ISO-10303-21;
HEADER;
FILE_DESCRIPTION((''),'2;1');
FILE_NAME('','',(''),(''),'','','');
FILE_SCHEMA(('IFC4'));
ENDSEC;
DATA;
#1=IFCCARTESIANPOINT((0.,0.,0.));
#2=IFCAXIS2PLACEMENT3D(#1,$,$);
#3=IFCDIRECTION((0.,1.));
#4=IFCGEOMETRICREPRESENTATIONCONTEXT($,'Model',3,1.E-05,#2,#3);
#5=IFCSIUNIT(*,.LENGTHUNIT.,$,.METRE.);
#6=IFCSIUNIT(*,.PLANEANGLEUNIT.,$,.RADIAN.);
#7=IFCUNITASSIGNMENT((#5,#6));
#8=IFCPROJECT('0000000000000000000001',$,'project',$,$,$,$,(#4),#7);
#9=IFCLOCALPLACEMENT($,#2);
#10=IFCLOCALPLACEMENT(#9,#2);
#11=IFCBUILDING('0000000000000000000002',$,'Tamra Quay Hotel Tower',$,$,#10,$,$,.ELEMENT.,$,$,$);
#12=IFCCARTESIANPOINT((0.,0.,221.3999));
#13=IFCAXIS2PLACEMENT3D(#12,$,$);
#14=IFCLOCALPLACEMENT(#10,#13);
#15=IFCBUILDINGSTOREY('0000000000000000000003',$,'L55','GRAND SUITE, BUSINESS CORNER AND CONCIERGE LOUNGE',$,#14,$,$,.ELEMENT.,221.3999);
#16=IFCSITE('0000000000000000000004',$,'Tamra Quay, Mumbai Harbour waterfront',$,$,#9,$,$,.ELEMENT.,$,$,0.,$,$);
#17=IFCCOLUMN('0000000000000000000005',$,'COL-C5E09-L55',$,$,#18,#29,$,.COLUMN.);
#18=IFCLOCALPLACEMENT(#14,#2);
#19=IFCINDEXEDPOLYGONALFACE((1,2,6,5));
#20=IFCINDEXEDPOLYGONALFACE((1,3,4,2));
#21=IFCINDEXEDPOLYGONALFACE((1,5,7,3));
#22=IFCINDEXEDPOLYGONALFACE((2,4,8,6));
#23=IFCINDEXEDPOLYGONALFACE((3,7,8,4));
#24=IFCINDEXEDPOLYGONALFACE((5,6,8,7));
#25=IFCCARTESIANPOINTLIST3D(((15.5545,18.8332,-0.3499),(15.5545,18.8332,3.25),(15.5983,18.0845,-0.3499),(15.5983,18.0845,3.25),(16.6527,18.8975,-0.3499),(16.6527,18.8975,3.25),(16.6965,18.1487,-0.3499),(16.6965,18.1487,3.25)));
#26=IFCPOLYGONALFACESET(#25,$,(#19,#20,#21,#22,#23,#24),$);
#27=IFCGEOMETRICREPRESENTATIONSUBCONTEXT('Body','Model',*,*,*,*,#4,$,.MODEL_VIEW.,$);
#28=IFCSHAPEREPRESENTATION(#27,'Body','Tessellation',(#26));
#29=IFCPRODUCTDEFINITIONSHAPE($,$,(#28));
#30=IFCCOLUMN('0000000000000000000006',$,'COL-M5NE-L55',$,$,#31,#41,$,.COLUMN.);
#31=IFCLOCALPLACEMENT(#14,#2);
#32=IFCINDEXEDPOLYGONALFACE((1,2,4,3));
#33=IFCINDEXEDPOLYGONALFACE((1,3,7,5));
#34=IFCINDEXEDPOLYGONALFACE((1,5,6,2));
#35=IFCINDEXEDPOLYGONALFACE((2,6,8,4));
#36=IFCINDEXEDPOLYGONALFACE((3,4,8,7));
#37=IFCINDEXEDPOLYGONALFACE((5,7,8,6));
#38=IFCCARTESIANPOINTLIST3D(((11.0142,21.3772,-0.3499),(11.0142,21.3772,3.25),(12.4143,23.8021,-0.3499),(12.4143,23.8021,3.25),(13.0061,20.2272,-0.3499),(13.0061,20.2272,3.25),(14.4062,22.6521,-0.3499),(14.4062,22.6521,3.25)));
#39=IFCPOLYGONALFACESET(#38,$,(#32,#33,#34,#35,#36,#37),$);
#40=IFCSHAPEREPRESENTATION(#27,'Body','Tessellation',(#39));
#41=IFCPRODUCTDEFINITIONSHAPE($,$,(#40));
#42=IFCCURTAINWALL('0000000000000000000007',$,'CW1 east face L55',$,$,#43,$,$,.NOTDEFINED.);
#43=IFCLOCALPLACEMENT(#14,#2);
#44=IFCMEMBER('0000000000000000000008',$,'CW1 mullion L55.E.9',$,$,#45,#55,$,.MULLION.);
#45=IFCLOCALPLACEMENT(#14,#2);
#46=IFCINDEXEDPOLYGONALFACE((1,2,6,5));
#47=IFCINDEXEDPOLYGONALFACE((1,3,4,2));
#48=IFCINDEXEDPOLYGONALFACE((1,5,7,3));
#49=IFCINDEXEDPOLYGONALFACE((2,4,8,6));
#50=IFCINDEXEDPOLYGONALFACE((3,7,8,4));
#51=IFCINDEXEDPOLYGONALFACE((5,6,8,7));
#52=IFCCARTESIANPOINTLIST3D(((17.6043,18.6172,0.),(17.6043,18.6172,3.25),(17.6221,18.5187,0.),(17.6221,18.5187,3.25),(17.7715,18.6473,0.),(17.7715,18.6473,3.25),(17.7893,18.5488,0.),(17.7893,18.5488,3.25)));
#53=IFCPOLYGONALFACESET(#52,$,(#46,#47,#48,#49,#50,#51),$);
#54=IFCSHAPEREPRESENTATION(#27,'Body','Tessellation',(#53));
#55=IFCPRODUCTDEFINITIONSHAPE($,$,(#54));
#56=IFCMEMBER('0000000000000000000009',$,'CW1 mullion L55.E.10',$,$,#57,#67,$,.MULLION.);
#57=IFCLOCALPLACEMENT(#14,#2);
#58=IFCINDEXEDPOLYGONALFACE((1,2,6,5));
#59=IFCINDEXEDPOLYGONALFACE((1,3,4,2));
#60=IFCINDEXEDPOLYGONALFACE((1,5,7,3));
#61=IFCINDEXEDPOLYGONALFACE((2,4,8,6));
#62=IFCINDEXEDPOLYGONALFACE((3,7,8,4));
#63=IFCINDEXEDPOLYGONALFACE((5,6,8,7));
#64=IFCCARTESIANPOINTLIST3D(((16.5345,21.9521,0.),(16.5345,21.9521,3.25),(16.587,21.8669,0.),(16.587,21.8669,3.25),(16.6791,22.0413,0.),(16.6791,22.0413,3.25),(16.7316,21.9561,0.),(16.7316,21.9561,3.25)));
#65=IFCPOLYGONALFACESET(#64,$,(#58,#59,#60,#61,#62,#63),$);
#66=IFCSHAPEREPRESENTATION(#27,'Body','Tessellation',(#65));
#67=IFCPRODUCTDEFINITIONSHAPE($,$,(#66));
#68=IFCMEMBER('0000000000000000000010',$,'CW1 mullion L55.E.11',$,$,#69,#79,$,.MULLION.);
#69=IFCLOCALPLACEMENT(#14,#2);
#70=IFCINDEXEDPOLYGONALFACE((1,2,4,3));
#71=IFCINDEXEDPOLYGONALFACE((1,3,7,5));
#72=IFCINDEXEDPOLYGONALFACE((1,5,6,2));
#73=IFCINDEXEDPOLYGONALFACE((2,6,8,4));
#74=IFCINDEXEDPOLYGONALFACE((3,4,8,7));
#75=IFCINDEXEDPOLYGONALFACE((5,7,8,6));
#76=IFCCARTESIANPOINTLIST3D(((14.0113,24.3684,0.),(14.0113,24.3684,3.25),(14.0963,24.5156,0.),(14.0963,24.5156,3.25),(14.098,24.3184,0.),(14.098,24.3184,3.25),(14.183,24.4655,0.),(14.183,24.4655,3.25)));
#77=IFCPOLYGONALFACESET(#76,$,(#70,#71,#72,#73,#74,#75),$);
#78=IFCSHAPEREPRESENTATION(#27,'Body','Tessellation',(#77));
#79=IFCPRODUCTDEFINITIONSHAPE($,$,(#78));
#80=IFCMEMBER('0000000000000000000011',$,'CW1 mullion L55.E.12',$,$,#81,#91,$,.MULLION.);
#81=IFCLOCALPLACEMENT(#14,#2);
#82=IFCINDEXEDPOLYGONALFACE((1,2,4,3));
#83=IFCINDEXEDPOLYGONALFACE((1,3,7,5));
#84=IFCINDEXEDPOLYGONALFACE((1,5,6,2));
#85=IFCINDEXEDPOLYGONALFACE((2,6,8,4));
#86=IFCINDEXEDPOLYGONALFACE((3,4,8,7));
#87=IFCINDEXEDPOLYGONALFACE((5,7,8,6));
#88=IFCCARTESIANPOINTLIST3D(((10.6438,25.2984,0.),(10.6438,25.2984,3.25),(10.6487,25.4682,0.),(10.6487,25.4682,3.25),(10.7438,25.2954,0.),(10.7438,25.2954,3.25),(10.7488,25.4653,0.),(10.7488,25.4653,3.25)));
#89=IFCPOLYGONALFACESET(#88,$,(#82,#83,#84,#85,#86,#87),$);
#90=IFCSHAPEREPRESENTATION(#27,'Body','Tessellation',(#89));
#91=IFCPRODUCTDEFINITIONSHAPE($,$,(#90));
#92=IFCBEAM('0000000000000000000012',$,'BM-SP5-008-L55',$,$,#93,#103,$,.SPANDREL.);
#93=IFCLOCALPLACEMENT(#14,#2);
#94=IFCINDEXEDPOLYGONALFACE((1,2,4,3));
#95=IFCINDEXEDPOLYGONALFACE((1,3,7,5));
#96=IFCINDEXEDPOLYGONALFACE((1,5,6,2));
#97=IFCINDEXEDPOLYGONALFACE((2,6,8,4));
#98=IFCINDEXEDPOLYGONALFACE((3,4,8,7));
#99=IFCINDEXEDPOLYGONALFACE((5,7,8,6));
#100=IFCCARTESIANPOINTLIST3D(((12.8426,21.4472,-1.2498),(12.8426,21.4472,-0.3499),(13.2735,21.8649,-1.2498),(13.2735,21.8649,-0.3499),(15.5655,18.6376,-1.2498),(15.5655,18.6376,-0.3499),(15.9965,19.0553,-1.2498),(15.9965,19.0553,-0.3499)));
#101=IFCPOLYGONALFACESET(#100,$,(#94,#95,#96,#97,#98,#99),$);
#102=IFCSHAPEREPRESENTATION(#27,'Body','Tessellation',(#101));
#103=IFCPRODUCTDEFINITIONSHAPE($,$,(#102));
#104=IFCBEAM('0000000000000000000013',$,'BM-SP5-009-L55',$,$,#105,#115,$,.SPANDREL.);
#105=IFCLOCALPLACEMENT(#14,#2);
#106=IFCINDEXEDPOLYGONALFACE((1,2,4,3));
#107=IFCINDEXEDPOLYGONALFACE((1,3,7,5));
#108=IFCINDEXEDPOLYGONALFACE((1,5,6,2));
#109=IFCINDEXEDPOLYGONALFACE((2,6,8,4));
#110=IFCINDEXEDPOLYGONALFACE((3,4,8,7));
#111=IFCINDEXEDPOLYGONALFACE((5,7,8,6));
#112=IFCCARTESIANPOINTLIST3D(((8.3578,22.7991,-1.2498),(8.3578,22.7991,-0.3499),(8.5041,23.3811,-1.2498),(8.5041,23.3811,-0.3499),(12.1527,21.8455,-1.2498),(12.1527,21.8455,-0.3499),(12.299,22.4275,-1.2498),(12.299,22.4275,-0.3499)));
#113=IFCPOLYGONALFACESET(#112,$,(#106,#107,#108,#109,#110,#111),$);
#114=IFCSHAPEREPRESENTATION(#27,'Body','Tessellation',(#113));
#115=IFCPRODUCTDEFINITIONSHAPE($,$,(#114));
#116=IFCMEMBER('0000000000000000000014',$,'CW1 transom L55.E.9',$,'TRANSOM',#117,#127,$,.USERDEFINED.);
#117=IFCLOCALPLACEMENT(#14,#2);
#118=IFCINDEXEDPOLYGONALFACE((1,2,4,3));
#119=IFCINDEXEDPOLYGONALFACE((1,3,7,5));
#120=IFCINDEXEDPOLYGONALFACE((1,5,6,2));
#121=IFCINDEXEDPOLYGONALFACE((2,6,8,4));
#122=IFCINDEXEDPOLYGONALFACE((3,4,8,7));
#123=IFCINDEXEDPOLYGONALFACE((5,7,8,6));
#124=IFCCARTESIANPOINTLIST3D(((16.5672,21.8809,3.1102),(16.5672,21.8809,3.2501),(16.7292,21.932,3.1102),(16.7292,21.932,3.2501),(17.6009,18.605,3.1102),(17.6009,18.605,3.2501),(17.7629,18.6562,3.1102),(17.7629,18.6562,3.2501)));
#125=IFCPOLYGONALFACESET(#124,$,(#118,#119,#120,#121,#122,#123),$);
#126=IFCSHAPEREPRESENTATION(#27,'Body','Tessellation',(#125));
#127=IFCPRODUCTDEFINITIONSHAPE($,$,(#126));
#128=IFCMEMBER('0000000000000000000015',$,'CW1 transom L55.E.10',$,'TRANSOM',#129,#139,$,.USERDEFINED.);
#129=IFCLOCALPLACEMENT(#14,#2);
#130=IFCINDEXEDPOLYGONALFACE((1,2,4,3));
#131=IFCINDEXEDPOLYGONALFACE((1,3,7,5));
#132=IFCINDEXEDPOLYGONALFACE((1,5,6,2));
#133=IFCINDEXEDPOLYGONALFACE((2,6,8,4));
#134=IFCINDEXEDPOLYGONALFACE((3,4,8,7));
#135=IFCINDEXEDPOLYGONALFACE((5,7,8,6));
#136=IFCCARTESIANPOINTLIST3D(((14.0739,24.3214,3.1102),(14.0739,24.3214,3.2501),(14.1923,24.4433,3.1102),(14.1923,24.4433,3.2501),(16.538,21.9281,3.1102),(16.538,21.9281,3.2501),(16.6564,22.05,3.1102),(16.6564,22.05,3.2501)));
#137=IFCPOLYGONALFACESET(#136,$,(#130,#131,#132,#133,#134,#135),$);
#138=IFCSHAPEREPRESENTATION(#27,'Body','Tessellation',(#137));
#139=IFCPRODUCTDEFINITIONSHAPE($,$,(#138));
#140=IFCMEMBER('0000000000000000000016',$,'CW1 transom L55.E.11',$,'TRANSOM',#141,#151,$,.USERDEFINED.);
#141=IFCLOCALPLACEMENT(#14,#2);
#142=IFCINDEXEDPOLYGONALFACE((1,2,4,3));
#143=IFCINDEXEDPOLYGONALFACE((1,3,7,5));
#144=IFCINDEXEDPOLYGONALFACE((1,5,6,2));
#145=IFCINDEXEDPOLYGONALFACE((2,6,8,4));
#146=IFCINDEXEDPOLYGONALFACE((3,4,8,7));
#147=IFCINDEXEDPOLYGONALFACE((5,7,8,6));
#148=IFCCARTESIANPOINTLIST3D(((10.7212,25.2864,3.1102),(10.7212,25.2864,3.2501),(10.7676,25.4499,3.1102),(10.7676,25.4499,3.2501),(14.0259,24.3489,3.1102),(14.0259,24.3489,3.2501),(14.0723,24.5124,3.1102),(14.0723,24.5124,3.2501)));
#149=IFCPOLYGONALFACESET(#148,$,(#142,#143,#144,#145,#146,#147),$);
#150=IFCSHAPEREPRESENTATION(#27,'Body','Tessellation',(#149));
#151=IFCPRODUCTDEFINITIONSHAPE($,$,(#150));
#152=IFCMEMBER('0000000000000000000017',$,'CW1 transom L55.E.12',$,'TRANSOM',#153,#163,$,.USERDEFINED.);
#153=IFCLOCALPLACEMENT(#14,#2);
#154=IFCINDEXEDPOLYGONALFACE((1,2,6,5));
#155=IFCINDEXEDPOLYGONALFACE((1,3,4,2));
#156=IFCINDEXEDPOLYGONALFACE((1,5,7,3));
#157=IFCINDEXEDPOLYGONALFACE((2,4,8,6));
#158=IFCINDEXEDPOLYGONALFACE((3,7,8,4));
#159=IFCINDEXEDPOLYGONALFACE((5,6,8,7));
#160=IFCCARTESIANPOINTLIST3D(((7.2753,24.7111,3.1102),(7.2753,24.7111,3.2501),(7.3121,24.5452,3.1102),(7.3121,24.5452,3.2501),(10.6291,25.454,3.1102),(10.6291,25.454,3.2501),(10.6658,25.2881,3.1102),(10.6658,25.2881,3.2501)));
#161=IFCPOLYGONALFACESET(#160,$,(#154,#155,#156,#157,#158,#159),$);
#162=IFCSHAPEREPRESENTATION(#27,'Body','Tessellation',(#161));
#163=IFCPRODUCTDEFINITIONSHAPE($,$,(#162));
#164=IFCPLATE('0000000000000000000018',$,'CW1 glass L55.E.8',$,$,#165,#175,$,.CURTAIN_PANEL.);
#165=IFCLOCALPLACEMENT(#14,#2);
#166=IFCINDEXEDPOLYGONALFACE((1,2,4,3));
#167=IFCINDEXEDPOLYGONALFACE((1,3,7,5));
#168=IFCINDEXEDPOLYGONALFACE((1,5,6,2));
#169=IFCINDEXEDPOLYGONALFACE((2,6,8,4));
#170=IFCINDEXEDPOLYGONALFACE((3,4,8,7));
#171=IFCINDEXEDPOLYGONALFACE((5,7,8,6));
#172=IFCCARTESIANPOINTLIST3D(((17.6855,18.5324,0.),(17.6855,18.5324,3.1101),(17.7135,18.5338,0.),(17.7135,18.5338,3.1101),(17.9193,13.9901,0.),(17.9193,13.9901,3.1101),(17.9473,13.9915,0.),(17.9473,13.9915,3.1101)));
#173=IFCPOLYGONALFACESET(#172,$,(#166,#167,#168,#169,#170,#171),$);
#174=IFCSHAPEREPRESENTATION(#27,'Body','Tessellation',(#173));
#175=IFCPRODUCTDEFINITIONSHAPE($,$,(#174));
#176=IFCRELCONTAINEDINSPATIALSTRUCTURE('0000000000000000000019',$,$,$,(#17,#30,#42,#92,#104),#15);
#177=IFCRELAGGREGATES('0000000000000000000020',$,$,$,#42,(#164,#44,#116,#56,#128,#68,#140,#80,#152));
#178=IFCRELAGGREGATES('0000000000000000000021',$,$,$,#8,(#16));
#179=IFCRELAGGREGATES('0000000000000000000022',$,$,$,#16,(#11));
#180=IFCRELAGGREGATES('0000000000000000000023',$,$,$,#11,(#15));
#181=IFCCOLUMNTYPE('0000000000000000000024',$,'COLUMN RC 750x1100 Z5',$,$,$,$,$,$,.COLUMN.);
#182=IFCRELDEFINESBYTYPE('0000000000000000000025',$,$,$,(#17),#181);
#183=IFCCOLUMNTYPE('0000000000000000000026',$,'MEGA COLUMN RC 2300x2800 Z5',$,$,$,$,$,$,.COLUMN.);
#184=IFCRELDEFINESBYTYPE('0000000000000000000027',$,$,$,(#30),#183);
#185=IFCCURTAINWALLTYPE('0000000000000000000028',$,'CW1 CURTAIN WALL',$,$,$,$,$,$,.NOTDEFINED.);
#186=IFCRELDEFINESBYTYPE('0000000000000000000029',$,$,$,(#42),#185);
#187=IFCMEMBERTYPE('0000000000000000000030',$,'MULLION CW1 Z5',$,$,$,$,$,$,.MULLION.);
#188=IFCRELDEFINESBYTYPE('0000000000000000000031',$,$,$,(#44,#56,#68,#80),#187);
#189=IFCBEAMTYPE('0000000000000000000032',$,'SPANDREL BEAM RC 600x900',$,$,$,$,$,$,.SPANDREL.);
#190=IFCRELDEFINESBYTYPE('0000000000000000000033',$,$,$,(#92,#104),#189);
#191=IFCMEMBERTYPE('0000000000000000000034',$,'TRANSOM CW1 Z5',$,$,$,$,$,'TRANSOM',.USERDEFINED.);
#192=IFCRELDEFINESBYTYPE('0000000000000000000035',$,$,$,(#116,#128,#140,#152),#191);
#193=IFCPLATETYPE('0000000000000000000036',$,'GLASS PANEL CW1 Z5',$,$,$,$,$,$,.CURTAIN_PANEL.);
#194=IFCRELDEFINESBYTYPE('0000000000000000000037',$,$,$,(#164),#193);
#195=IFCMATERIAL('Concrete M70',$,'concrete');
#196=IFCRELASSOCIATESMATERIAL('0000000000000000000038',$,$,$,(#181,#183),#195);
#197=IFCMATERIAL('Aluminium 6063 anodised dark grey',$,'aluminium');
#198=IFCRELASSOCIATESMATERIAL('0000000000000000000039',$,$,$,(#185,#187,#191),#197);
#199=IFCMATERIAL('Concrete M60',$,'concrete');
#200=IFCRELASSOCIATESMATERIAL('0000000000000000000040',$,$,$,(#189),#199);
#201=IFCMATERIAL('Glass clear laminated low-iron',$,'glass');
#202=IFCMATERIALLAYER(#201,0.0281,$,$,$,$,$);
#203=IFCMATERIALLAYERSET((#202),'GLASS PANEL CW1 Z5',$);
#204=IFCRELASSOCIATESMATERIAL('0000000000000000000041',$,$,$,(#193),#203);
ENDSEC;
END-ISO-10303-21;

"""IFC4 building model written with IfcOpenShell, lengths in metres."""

from ifc_helpers import new_model, si_unit, direction, frame, origin, origin_2d, place, context, subcontext, project, spatial, rectangle, extrude, material, layer, layer_set, material_profile, profile_set, type_object, element, aggregate, save


model = new_model("IFC4")

# Units and contexts
model_context = context("Model", 3, precision=1e-05, world=origin(), true_north=direction((0.0, 1.0)))
body_context = subcontext(model_context, "Body", "Model", "MODEL_VIEW")
ifc_project = project(units=[si_unit("LENGTHUNIT", "METRE"), si_unit("PLANEANGLEUNIT", "RADIAN")], contexts=[model_context])

# Site, building, storey
site_placement = place(None, origin())
site = spatial("IfcSite", under=ifc_project, at=site_placement, Name="Tamra Quay, Mumbai Harbour waterfront", CompositionType="ELEMENT", RefElevation=0.0)
building_placement = place(site_placement, origin())
building = spatial("IfcBuilding", under=site, at=building_placement, Name="Tamra Quay Hotel Tower", CompositionType="ELEMENT")
storey_placement = place(building_placement, frame((0.0, 0.0, 221.3999)))
storey = spatial("IfcBuildingStorey", under=building, at=storey_placement, Name="L55", Description="GRAND SUITE, BUSINESS CORNER AND CONCIERGE LOUNGE", CompositionType="ELEMENT", Elevation=221.3999)

# Columns
ifc_material_1 = material(Name="Concrete M70", Category="concrete")
ifc_material_profile_1 = material_profile(ifc_material_1, rectangle(XDim=1.1001, YDim=0.75, at=origin_2d()), Name="COLUMN RC 750x1100 Z5")
ifc_profile_set_1 = profile_set([ifc_material_profile_1], Name="Concrete M70")
column_type_1 = type_object("IfcColumnType", Name="COLUMN RC 750x1100 Z5", PredefinedType="COLUMN", material=ifc_profile_set_1)
column_1_placement = place(storey_placement, frame((16.1255, 18.491, -0.3499), z_axis=(0.0, 0.0, 1.0), x_axis=(0.998292, 0.05842, 0.0)))
element("IfcColumn", 1, at=column_1_placement, inside=storey, type_object=column_type_1, Name="COL-C5E09-L55", PredefinedType="COLUMN", context=body_context, shape_type="SweptSolid", body=[
    extrude(rectangle(XDim=1.1001, YDim=0.75, at=origin_2d()), origin(), (0.0, 0.0, 1.0), 3.5999),
])
ifc_material_profile_2 = material_profile(ifc_material_1, rectangle(XDim=2.8, YDim=2.3, at=origin_2d()), Name="MEGA COLUMN RC 2300x2800 Z5")
ifc_profile_set_2 = profile_set([ifc_material_profile_2], Name="Concrete M70")
column_type_2 = type_object("IfcColumnType", Name="MEGA COLUMN RC 2300x2800 Z5", PredefinedType="COLUMN", material=ifc_profile_set_2)
column_2_placement = place(storey_placement, frame((12.7102, 22.0146, -0.3499), z_axis=(0.0, 0.0, 1.0), x_axis=(0.5, 0.866025, 0.0)))
element("IfcColumn", 2, at=column_2_placement, inside=storey, type_object=column_type_2, Name="COL-M5NE-L55", PredefinedType="COLUMN", context=body_context, shape_type="SweptSolid", body=[
    extrude(rectangle(XDim=2.8, YDim=2.3, at=origin_2d()), origin(), (0.0, 0.0, 1.0), 3.5999),
])

# Curtain wall, members
ifc_material_2 = material(Name="Aluminium 6063 anodised dark grey", Category="aluminium")
curtain_wall_type = type_object("IfcCurtainWallType", Name="CW1 CURTAIN WALL", PredefinedType="NOTDEFINED", material=ifc_material_2)
curtain_wall_placement = place(storey_placement, origin())
curtain_wall = element("IfcCurtainWall", 3, at=curtain_wall_placement, inside=storey, type_object=curtain_wall_type, Name="CW1 east face L55", PredefinedType="NOTDEFINED")
ifc_material_profile_3 = material_profile(ifc_material_2, rectangle(XDim=0.1699, YDim=0.1001, at=origin_2d()), Name="MULLION 100X170")
ifc_profile_set_3 = profile_set([ifc_material_profile_3], Name="Aluminium 6063 anodised dark grey")
member_type_1 = type_object("IfcMemberType", Name="MULLION CW1 Z5", PredefinedType="MULLION", material=ifc_profile_set_3)
member_1_placement = place(storey_placement, frame((17.6968, 18.583, 0.0), z_axis=(0.0, 0.0, 1.0), x_axis=(0.984105, 0.177586, 0.0)))
member_1 = element("IfcMember", 4, at=member_1_placement, type_object=member_type_1, Name="CW1 mullion L55.E.9", PredefinedType="MULLION", context=body_context, shape_type="SweptSolid", body=[
    extrude(rectangle(XDim=0.1699, YDim=0.1001, at=origin_2d()), origin(), (0.0, 0.0, 1.0), 3.25),
])
member_2_placement = place(storey_placement, frame((16.6331, 21.9541, 0.0), z_axis=(0.0, 0.0, 1.0), x_axis=(0.851044, 0.525094, 0.0)))
member_2 = element("IfcMember", 5, at=member_2_placement, type_object=member_type_1, Name="CW1 mullion L55.E.10", PredefinedType="MULLION", context=body_context, shape_type="SweptSolid", body=[
    extrude(rectangle(XDim=0.1699, YDim=0.1001, at=origin_2d()), origin(), (0.0, 0.0, 1.0), 3.25),
])
member_3_placement = place(storey_placement, frame((14.0972, 24.417, 0.0), z_axis=(0.0, 0.0, 1.0), x_axis=(0.5, 0.866025, 0.0)))
member_3 = element("IfcMember", 6, at=member_3_placement, type_object=member_type_1, Name="CW1 mullion L55.E.11", PredefinedType="MULLION", context=body_context, shape_type="SweptSolid", body=[
    extrude(rectangle(XDim=0.1699, YDim=0.1001, at=origin_2d()), origin(), (0.0, 0.0, 1.0), 3.25),
])
member_4_placement = place(storey_placement, frame((10.6963, 25.3818, 0.0), z_axis=(0.0, 0.0, 1.0), x_axis=(0.029223, 0.999573, 0.0)))
member_4 = element("IfcMember", 7, at=member_4_placement, type_object=member_type_1, Name="CW1 mullion L55.E.12", PredefinedType="MULLION", context=body_context, shape_type="SweptSolid", body=[
    extrude(rectangle(XDim=0.1699, YDim=0.1001, at=origin_2d()), origin(), (0.0, 0.0, 1.0), 3.25),
])

# Beams
ifc_material_3 = material(Name="Concrete M60", Category="concrete")
ifc_material_profile_4 = material_profile(ifc_material_3, rectangle(XDim=0.6001, YDim=0.8999, at=origin_2d()), Name="SPANDREL BEAM RC 600x900")
ifc_profile_set_4 = profile_set([ifc_material_profile_4], Name="Concrete M60")
beam_type = type_object("IfcBeamType", Name="SPANDREL BEAM RC 600x900", PredefinedType="SPANDREL", material=ifc_profile_set_4)
beam_1_placement = place(storey_placement, frame((15.781, 18.8464, -0.7998), z_axis=(-0.695944, 0.718096, 0.0), x_axis=(-0.718096, -0.695944, 0.0)))
element("IfcBeam", 8, at=beam_1_placement, inside=storey, type_object=beam_type, Name="BM-SP5-008-L55", PredefinedType="SPANDREL", context=body_context, shape_type="SweptSolid", body=[
    extrude(rectangle(XDim=0.6001, YDim=0.8999, at=origin_2d()), origin(), (0.0, 0.0, 1.0), 3.9126),
])
beam_2_placement = place(storey_placement, frame((12.2258, 22.1365, -0.7998), z_axis=(-0.969848, 0.24371, 0.0), x_axis=(-0.24371, -0.969848, 0.0)))
element("IfcBeam", 9, at=beam_2_placement, inside=storey, type_object=beam_type, Name="BM-SP5-009-L55", PredefinedType="SPANDREL", context=body_context, shape_type="SweptSolid", body=[
    extrude(rectangle(XDim=0.6001, YDim=0.8999, at=origin_2d()), origin(), (0.0, 0.0, 1.0), 3.9128),
])

# Members
ifc_material_profile_5 = material_profile(ifc_material_2, rectangle(XDim=0.1699, YDim=0.1399, at=origin_2d()), Name="TRANSOM 170X140")
ifc_profile_set_5 = profile_set([ifc_material_profile_5], Name="Aluminium 6063 anodised dark grey")
member_type_2 = type_object("IfcMemberType", Name="TRANSOM CW1 Z5", ElementType="TRANSOM", PredefinedType="USERDEFINED", material=ifc_profile_set_5)
member_5_placement = place(storey_placement, frame((17.6819, 18.6306, 3.1802), z_axis=(-0.30092, 0.953649, 0.0), x_axis=(-0.953649, -0.30092, 0.0)))
member_5 = element("IfcMember", 10, at=member_5_placement, type_object=member_type_2, Name="CW1 transom L55.E.9", ObjectType="TRANSOM", PredefinedType="USERDEFINED", context=body_context, shape_type="SweptSolid", body=[
    extrude(rectangle(XDim=0.1699, YDim=0.1399, at=origin_2d()), origin(), (0.0, 0.0, 1.0), 3.4351),
])
member_6_placement = place(storey_placement, frame((16.5972, 21.989, 3.1802), z_axis=(-0.717337, 0.696726, 0.0), x_axis=(-0.696726, -0.717337, 0.0)))
member_6 = element("IfcMember", 11, at=member_6_placement, type_object=member_type_2, Name="CW1 transom L55.E.10", ObjectType="TRANSOM", PredefinedType="USERDEFINED", context=body_context, shape_type="SweptSolid", body=[
    extrude(rectangle(XDim=0.1699, YDim=0.1399, at=origin_2d()), origin(), (0.0, 0.0, 1.0), 3.4351),
])
member_7_placement = place(storey_placement, frame((14.0491, 24.4307, 3.1802), z_axis=(-0.962037, 0.272918, 0.0), x_axis=(-0.272918, -0.962037, 0.0)))
member_7 = element("IfcMember", 12, at=member_7_placement, type_object=member_type_2, Name="CW1 transom L55.E.11", ObjectType="TRANSOM", PredefinedType="USERDEFINED", context=body_context, shape_type="SweptSolid", body=[
    extrude(rectangle(XDim=0.1699, YDim=0.1399, at=origin_2d()), origin(), (0.0, 0.0, 1.0), 3.4351),
])
member_8_placement = place(storey_placement, frame((10.6475, 25.3711, 3.1802), z_axis=(-0.976332, -0.216276, 0.0), x_axis=(0.216276, -0.976332, 0.0)))
member_8 = element("IfcMember", 13, at=member_8_placement, type_object=member_type_2, Name="CW1 transom L55.E.12", ObjectType="TRANSOM", PredefinedType="USERDEFINED", context=body_context, shape_type="SweptSolid", body=[
    extrude(rectangle(XDim=0.1699, YDim=0.1399, at=origin_2d()), origin(), (0.0, 0.0, 1.0), 3.4351),
])

# Plate
ifc_material_4 = material(Name="Glass clear laminated low-iron", Category="glass")
ifc_layer_1 = layer(ifc_material_4, 0.0281)
ifc_layer_set_1 = layer_set([ifc_layer_1], Name="GLASS PANEL CW1 Z5")
plate_type = type_object("IfcPlateType", Name="GLASS PANEL CW1 Z5", PredefinedType="CURTAIN_PANEL", material=ifc_layer_set_1)
plate_1_placement = place(storey_placement, frame((17.8164, 16.262, 0.0), z_axis=(0.0, 0.0, 1.0), x_axis=(-0.051403, 0.998678, 0.0)))
plate_1 = element("IfcPlate", 14, at=plate_1_placement, type_object=plate_type, Name="CW1 glass L55.E.8", PredefinedType="CURTAIN_PANEL", context=body_context, shape_type="SweptSolid", body=[
    extrude(rectangle(XDim=4.5483, YDim=0.0281, at=origin_2d()), origin(), (0.0, 0.0, 1.0), 3.1101),
])
aggregate(curtain_wall, [plate_1, member_1, member_5, member_2, member_6, member_3, member_7, member_4, member_8])

save(model, "model.ifc")
